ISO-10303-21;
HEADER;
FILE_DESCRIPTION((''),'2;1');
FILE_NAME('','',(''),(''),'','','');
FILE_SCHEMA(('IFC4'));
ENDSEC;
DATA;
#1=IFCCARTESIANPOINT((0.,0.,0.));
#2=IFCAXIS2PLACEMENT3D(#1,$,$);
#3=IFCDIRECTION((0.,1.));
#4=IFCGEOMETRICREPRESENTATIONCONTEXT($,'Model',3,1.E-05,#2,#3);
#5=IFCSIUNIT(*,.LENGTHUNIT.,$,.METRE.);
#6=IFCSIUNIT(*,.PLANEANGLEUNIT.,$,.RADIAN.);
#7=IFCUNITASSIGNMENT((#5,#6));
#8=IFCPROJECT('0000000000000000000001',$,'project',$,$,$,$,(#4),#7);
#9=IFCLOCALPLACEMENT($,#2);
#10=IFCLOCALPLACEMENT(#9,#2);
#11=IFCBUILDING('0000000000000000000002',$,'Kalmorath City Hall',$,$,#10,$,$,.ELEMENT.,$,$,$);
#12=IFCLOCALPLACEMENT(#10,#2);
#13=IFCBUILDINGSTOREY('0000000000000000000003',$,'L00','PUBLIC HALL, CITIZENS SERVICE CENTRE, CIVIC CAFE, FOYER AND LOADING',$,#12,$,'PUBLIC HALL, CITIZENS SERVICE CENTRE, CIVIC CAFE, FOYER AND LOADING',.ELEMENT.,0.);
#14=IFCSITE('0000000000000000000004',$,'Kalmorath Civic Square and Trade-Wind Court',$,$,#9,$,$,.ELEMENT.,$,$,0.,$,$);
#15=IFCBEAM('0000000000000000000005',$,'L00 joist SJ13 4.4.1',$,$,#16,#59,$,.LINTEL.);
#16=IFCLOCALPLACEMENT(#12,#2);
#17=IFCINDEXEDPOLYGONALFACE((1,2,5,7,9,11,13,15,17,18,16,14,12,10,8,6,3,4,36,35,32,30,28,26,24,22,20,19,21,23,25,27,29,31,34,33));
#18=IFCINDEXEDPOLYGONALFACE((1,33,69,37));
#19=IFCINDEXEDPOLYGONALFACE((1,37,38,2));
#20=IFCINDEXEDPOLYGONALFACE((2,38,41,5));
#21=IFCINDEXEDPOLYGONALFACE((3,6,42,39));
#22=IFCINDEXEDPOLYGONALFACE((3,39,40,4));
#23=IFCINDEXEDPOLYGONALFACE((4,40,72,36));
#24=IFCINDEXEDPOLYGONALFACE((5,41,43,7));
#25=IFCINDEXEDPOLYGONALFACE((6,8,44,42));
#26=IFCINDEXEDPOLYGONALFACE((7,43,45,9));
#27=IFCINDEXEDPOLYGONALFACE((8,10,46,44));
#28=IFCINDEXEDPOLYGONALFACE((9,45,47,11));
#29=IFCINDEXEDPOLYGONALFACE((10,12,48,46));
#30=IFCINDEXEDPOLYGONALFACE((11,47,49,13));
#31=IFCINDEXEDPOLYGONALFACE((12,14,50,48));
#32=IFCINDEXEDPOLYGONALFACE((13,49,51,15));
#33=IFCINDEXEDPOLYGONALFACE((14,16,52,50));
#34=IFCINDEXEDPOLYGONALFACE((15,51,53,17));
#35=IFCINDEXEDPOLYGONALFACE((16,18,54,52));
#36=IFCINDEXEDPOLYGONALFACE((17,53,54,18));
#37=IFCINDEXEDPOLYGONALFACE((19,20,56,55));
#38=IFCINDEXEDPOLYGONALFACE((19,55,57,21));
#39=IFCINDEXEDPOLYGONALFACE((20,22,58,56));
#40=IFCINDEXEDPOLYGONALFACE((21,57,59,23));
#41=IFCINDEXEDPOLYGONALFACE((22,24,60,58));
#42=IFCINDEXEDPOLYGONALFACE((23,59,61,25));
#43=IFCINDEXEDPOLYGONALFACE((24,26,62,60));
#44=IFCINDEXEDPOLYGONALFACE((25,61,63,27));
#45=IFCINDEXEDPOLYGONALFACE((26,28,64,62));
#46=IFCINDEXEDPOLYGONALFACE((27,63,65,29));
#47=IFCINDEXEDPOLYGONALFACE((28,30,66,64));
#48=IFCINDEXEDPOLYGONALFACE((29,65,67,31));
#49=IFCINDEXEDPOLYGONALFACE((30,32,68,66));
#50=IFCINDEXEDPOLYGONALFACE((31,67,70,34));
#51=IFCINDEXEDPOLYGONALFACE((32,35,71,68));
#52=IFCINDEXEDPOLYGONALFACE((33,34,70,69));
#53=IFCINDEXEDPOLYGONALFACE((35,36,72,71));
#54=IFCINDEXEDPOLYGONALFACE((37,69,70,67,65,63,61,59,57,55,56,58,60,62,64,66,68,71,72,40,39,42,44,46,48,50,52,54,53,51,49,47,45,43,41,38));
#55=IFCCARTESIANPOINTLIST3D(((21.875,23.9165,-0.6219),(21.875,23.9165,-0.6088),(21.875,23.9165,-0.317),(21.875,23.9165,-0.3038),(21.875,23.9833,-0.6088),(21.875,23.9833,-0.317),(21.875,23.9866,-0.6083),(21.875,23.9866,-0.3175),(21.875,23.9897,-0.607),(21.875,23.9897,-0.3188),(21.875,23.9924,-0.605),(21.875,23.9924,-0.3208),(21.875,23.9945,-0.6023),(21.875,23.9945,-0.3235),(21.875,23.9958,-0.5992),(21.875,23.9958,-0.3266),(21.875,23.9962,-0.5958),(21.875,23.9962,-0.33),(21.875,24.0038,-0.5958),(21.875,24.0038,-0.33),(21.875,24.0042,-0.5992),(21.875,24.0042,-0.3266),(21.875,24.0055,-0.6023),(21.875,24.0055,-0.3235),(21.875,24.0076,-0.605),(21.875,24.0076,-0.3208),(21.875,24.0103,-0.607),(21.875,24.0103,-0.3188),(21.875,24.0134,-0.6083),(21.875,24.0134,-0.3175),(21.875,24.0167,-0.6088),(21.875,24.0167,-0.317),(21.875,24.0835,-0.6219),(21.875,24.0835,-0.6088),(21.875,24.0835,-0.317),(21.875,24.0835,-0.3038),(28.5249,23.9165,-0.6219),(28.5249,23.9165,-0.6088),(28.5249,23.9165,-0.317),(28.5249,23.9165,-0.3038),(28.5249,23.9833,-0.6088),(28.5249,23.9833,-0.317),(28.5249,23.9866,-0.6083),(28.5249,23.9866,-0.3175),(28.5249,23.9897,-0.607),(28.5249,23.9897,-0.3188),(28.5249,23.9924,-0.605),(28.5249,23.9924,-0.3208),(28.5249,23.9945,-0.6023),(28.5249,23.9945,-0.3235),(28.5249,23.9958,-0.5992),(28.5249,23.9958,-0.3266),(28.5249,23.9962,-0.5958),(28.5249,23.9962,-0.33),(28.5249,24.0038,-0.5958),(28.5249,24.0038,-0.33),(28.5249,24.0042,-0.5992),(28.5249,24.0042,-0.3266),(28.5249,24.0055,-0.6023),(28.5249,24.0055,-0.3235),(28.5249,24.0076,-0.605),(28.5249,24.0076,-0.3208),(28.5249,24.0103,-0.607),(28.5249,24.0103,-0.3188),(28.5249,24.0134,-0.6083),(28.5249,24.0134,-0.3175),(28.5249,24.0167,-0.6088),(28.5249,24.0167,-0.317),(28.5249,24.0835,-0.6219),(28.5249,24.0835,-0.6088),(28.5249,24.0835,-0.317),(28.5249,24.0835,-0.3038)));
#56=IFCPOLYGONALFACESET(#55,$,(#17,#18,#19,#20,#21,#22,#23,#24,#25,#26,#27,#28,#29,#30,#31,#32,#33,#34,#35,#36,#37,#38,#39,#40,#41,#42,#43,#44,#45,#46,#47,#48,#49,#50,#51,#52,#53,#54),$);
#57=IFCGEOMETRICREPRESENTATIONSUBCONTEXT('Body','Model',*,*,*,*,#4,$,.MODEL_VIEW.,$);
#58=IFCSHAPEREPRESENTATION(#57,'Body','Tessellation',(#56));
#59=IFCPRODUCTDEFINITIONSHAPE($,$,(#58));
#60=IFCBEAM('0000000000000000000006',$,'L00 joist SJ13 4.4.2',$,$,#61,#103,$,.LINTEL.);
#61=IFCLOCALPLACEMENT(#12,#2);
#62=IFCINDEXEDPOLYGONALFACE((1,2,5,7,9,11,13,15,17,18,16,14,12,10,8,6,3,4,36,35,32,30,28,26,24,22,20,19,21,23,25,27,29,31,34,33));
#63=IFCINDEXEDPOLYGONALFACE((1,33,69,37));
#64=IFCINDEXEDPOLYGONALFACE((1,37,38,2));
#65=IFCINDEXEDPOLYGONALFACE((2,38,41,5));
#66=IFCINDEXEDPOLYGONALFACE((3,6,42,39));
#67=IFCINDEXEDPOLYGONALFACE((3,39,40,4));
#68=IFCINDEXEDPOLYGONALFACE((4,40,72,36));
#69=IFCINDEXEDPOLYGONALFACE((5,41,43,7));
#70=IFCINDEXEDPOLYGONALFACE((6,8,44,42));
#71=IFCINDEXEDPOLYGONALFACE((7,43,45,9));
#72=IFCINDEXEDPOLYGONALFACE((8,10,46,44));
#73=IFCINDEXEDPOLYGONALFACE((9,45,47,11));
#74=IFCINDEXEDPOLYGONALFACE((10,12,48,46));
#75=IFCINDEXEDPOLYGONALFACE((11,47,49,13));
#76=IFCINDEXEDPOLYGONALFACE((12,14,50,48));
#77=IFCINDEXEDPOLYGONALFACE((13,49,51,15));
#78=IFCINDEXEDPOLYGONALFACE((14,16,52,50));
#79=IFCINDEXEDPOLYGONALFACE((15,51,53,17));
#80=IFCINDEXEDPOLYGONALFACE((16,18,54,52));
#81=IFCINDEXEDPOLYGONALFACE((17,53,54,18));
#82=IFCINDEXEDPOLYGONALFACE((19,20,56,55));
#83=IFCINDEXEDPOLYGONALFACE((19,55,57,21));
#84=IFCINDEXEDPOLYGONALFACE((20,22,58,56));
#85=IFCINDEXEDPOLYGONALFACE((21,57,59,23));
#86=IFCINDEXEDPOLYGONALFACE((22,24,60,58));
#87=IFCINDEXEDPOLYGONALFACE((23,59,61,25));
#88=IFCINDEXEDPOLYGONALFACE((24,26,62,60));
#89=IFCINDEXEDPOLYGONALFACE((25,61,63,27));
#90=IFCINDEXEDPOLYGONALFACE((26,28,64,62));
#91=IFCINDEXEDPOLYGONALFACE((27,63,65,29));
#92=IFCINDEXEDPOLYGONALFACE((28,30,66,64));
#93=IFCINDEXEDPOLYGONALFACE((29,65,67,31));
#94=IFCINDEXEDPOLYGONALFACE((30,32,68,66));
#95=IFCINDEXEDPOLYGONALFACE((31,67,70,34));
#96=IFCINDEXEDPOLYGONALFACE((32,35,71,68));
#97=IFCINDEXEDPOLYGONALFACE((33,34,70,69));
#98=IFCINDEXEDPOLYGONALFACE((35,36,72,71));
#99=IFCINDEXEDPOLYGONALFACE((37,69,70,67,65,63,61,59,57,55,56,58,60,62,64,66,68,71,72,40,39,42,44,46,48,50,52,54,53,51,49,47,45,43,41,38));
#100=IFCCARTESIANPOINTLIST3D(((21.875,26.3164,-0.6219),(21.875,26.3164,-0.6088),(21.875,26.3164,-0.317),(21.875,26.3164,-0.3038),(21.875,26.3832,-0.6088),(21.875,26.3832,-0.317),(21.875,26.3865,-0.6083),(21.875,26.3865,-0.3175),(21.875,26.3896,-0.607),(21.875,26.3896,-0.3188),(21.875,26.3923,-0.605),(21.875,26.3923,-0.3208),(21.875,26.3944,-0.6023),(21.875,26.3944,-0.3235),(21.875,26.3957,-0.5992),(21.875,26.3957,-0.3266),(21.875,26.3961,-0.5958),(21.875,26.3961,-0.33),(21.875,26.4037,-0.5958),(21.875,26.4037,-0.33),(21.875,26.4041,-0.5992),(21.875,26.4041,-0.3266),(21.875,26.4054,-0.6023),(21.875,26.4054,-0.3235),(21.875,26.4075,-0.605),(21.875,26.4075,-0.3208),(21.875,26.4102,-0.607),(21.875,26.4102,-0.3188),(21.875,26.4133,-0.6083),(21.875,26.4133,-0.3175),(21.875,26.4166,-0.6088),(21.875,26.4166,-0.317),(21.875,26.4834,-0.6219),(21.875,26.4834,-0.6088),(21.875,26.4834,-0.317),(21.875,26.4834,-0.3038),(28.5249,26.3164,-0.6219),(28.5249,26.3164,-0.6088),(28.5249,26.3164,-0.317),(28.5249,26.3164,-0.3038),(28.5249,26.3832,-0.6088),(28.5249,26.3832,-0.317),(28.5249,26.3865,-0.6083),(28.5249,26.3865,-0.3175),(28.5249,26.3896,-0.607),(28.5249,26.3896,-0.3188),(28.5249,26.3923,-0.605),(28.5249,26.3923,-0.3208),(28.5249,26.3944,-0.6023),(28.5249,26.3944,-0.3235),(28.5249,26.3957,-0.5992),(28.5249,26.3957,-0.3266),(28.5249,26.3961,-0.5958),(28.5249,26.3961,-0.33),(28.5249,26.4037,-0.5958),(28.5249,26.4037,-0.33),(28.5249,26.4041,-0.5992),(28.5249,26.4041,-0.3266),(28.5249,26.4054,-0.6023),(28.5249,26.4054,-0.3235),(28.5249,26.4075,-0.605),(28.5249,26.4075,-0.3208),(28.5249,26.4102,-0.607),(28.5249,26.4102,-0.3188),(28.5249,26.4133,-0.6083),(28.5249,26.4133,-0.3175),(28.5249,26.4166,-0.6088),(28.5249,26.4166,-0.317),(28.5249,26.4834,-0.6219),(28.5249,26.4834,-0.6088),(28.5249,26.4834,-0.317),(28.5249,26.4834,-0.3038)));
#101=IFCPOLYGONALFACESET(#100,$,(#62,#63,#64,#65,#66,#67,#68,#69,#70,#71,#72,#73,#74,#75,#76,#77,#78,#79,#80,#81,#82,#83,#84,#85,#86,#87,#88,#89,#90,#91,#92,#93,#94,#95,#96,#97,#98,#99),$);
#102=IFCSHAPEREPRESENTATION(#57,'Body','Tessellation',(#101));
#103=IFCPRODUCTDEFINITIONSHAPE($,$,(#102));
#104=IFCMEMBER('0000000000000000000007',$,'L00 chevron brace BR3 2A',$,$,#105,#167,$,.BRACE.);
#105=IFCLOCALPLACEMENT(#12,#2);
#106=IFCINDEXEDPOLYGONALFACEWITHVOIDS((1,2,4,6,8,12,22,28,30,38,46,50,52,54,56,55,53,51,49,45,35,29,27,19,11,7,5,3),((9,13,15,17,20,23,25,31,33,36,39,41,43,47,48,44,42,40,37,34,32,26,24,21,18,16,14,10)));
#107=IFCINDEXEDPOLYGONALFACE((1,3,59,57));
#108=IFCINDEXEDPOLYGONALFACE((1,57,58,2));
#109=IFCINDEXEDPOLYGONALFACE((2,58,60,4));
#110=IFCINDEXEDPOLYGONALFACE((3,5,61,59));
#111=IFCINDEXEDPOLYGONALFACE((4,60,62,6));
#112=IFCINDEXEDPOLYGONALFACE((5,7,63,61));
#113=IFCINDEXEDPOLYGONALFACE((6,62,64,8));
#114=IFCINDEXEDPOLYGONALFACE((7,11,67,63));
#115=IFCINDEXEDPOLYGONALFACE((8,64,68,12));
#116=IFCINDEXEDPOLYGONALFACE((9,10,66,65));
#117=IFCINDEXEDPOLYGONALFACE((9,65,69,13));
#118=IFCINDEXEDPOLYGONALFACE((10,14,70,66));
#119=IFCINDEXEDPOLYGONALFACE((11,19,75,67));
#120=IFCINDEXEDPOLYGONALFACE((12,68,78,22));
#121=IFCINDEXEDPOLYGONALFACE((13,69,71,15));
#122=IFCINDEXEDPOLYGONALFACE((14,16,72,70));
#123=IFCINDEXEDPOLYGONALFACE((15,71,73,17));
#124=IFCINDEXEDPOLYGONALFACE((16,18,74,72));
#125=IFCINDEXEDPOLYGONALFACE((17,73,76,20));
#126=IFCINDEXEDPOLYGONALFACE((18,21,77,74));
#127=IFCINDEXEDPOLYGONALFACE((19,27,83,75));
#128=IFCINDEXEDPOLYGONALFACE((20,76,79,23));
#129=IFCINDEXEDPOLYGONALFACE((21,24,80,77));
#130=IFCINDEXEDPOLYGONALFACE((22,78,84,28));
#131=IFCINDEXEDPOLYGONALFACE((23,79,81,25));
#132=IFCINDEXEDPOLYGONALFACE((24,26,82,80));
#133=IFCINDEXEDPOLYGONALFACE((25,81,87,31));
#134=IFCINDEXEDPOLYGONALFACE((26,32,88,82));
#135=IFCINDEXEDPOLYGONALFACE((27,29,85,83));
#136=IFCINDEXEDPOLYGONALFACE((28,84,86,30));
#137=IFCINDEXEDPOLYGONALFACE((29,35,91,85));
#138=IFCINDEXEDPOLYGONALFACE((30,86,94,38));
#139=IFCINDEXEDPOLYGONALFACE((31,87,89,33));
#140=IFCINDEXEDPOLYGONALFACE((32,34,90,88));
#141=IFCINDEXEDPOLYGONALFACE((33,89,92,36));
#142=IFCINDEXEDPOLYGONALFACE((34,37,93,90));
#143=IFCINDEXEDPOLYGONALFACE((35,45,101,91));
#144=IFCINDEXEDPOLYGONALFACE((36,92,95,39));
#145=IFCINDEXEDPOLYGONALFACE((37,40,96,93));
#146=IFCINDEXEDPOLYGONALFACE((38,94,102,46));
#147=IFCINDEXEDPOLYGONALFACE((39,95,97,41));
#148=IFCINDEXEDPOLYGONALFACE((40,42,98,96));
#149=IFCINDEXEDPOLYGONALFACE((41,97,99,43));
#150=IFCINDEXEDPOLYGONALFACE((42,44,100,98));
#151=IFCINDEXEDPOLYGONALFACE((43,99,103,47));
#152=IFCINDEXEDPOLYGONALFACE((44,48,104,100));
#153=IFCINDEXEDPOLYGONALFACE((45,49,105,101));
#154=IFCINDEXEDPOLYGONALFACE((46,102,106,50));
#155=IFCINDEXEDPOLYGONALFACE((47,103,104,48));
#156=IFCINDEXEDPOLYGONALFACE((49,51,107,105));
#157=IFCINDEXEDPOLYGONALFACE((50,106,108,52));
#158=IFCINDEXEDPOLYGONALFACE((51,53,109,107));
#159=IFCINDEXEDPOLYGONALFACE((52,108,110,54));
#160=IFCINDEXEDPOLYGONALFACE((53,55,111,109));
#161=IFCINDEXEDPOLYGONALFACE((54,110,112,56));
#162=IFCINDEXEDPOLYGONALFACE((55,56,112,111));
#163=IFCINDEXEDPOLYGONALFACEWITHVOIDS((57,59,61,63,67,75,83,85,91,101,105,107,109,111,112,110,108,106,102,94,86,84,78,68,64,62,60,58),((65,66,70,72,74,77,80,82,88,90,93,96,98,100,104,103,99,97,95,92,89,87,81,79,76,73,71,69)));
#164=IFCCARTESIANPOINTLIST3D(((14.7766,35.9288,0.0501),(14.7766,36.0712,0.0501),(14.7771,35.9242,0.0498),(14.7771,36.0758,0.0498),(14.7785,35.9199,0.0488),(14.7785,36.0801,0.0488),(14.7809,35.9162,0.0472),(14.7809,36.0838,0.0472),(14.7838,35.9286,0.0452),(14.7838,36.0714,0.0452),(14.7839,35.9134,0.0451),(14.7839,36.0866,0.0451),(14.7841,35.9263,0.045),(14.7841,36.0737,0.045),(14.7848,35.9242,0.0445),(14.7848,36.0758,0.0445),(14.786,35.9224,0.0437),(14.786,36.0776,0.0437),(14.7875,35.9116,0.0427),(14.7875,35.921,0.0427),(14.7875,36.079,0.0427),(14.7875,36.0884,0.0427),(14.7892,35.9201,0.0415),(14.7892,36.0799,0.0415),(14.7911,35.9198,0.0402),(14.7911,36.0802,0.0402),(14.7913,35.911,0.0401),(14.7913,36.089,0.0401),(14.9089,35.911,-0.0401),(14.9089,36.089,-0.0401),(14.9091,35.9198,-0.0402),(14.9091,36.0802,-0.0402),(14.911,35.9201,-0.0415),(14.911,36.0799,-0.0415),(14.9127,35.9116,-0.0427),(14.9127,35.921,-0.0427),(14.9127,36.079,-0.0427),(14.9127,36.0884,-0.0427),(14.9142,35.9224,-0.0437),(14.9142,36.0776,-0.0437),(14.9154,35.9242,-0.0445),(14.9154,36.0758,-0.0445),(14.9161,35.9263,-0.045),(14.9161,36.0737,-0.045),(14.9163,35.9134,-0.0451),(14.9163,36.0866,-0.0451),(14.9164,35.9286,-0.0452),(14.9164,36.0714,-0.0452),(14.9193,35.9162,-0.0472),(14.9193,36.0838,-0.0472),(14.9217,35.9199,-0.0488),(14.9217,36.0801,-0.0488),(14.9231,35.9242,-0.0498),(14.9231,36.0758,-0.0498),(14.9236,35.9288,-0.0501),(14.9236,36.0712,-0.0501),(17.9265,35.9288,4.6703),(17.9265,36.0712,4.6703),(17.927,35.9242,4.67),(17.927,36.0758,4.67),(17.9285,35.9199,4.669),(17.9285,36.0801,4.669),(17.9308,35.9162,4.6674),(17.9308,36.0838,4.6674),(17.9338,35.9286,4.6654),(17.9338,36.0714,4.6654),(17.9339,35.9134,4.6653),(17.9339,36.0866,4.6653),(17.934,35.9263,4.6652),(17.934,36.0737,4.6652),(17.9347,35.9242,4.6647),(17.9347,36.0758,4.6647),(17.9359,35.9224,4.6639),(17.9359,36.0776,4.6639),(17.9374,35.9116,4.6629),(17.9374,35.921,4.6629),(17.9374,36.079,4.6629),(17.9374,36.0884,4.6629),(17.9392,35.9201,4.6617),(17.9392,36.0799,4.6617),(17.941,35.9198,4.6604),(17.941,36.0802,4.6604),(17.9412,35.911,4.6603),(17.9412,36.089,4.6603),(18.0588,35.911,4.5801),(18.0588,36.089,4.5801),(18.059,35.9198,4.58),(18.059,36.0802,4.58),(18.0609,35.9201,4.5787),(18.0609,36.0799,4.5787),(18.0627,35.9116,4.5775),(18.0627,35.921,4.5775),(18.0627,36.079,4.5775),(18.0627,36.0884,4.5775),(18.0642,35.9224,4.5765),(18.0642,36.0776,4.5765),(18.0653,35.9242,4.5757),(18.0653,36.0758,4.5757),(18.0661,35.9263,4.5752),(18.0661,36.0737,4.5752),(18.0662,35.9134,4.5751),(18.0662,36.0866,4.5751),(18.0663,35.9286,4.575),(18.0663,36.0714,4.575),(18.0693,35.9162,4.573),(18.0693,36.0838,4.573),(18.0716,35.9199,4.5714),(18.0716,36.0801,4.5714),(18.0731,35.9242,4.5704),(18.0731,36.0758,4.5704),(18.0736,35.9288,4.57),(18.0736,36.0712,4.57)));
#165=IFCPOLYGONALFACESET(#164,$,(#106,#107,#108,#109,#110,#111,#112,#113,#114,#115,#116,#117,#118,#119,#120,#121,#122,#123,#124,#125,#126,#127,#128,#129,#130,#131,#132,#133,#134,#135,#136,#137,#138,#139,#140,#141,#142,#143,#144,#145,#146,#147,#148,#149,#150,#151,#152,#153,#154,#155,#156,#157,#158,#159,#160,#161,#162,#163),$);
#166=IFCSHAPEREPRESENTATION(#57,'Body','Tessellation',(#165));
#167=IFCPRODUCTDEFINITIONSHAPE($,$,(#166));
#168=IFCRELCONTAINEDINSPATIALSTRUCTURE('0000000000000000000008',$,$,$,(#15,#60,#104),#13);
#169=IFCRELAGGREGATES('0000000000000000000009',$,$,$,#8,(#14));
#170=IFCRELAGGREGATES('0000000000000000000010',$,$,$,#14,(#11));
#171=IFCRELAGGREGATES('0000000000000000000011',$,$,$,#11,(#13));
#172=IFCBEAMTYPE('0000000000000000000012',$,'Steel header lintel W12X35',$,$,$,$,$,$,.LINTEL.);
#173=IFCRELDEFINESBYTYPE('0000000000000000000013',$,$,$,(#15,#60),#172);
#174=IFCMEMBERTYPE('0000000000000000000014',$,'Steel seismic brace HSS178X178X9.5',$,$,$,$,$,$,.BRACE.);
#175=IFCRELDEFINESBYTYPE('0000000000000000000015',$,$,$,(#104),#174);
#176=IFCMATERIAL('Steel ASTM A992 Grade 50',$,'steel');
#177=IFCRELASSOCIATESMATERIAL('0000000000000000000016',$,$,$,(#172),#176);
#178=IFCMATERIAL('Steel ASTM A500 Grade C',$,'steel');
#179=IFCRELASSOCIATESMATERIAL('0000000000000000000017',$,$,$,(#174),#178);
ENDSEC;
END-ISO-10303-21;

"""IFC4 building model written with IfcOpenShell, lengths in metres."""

from ifc_helpers import new_model, si_unit, direction, frame, origin, origin_2d, place, context, subcontext, project, spatial, hollow_rectangle, i_section, extrude, material, material_profile, profile_set, type_object, element, save


model = new_model("IFC4")

# Units and contexts
model_context = context("Model", 3, precision=1e-05, world=origin(), true_north=direction((0.0, 1.0)))
body_context = subcontext(model_context, "Body", "Model", "MODEL_VIEW")
ifc_project = project(units=[si_unit("LENGTHUNIT", "METRE"), si_unit("PLANEANGLEUNIT", "RADIAN")], contexts=[model_context])

# Site, building, storey
site_placement = place(None, origin())
site = spatial("IfcSite", under=ifc_project, at=site_placement, Name="Kalmorath Civic Square and Trade-Wind Court", CompositionType="ELEMENT", RefElevation=0.0)
building_placement = place(site_placement, origin())
building = spatial("IfcBuilding", under=site, at=building_placement, Name="Kalmorath City Hall", CompositionType="ELEMENT")
storey_placement = place(building_placement, origin())
storey = spatial("IfcBuildingStorey", under=building, at=storey_placement, Name="L00", Description="PUBLIC HALL, CITIZENS SERVICE CENTRE, CIVIC CAFE, FOYER AND LOADING", LongName="PUBLIC HALL, CITIZENS SERVICE CENTRE, CIVIC CAFE, FOYER AND LOADING", CompositionType="ELEMENT", Elevation=0.0)

# Beams
ifc_material_1 = material(Name="Steel ASTM A992 Grade 50", Category="steel")
ifc_material_profile_1 = material_profile(ifc_material_1, i_section(OverallWidth=0.167, OverallDepth=0.3181, WebThickness=0.0076, FlangeThickness=0.0132, FilletRadius=0.0129, at=origin_2d()), Name="W12X35")
ifc_profile_set_1 = profile_set([ifc_material_profile_1], Name="Steel ASTM A992 Grade 50")
beam_type_1 = type_object("IfcBeamType", Name="Steel header lintel W12X35", PredefinedType="LINTEL", material=ifc_profile_set_1)
for number, where, z_axis, x_axis, name in (
    (1, (21.875, 24.0, -0.4629), (1.0, 0.0, 0.0), (0.0, 1.0, 0.0), "L00 joist SJ13 4.4.1"),
    (2, (21.875, 26.3999, -0.4629), (1.0, 0.0, 0.0), (0.0, 1.0, 0.0), "L00 joist SJ13 4.4.2"),
):
    element("IfcBeam", number, at=place(storey_placement, frame(where, z_axis=z_axis, x_axis=x_axis)), inside=storey, type_object=beam_type_1, Name=name, PredefinedType="LINTEL", context=body_context, shape_type="SweptSolid", body=[
        extrude(i_section(OverallWidth=0.167, OverallDepth=0.3181, WebThickness=0.0076, FlangeThickness=0.0132, FilletRadius=0.0129, at=origin_2d()), origin(), (0.0, 0.0, 1.0), 6.6499),
    ])

# Member
ifc_material_2 = material(Name="Steel ASTM A500 Grade C", Category="steel")
ifc_material_profile_2 = material_profile(ifc_material_2, hollow_rectangle(XDim=0.178, YDim=0.178, WallThickness=0.0088, InnerFilletRadius=0.0088, OuterFilletRadius=0.0178, at=origin_2d()), Name="HSS178X178X9.5")
ifc_profile_set_2 = profile_set([ifc_material_profile_2], Name="Steel ASTM A500 Grade C")
member_type_1 = type_object("IfcMemberType", Name="Steel seismic brace HSS178X178X9.5", PredefinedType="BRACE", material=ifc_profile_set_2)
for number, where, z_axis, x_axis, name in (
    (3, (14.8501, 36.0, 0.0), (0.563315, 0.0, 0.826242), (0.0, 1.0, 0.0), "L00 chevron brace BR3 2A"),
):
    element("IfcMember", number, at=place(storey_placement, frame(where, z_axis=z_axis, x_axis=x_axis)), inside=storey, type_object=member_type_1, Name=name, PredefinedType="BRACE", context=body_context, shape_type="SweptSolid", body=[
        extrude(hollow_rectangle(XDim=0.178, YDim=0.178, WallThickness=0.0088, InnerFilletRadius=0.0088, OuterFilletRadius=0.0178, at=origin_2d()), origin(), (0.0, 0.0, 1.0), 5.5918),
    ])

save(model, "model.ifc")
